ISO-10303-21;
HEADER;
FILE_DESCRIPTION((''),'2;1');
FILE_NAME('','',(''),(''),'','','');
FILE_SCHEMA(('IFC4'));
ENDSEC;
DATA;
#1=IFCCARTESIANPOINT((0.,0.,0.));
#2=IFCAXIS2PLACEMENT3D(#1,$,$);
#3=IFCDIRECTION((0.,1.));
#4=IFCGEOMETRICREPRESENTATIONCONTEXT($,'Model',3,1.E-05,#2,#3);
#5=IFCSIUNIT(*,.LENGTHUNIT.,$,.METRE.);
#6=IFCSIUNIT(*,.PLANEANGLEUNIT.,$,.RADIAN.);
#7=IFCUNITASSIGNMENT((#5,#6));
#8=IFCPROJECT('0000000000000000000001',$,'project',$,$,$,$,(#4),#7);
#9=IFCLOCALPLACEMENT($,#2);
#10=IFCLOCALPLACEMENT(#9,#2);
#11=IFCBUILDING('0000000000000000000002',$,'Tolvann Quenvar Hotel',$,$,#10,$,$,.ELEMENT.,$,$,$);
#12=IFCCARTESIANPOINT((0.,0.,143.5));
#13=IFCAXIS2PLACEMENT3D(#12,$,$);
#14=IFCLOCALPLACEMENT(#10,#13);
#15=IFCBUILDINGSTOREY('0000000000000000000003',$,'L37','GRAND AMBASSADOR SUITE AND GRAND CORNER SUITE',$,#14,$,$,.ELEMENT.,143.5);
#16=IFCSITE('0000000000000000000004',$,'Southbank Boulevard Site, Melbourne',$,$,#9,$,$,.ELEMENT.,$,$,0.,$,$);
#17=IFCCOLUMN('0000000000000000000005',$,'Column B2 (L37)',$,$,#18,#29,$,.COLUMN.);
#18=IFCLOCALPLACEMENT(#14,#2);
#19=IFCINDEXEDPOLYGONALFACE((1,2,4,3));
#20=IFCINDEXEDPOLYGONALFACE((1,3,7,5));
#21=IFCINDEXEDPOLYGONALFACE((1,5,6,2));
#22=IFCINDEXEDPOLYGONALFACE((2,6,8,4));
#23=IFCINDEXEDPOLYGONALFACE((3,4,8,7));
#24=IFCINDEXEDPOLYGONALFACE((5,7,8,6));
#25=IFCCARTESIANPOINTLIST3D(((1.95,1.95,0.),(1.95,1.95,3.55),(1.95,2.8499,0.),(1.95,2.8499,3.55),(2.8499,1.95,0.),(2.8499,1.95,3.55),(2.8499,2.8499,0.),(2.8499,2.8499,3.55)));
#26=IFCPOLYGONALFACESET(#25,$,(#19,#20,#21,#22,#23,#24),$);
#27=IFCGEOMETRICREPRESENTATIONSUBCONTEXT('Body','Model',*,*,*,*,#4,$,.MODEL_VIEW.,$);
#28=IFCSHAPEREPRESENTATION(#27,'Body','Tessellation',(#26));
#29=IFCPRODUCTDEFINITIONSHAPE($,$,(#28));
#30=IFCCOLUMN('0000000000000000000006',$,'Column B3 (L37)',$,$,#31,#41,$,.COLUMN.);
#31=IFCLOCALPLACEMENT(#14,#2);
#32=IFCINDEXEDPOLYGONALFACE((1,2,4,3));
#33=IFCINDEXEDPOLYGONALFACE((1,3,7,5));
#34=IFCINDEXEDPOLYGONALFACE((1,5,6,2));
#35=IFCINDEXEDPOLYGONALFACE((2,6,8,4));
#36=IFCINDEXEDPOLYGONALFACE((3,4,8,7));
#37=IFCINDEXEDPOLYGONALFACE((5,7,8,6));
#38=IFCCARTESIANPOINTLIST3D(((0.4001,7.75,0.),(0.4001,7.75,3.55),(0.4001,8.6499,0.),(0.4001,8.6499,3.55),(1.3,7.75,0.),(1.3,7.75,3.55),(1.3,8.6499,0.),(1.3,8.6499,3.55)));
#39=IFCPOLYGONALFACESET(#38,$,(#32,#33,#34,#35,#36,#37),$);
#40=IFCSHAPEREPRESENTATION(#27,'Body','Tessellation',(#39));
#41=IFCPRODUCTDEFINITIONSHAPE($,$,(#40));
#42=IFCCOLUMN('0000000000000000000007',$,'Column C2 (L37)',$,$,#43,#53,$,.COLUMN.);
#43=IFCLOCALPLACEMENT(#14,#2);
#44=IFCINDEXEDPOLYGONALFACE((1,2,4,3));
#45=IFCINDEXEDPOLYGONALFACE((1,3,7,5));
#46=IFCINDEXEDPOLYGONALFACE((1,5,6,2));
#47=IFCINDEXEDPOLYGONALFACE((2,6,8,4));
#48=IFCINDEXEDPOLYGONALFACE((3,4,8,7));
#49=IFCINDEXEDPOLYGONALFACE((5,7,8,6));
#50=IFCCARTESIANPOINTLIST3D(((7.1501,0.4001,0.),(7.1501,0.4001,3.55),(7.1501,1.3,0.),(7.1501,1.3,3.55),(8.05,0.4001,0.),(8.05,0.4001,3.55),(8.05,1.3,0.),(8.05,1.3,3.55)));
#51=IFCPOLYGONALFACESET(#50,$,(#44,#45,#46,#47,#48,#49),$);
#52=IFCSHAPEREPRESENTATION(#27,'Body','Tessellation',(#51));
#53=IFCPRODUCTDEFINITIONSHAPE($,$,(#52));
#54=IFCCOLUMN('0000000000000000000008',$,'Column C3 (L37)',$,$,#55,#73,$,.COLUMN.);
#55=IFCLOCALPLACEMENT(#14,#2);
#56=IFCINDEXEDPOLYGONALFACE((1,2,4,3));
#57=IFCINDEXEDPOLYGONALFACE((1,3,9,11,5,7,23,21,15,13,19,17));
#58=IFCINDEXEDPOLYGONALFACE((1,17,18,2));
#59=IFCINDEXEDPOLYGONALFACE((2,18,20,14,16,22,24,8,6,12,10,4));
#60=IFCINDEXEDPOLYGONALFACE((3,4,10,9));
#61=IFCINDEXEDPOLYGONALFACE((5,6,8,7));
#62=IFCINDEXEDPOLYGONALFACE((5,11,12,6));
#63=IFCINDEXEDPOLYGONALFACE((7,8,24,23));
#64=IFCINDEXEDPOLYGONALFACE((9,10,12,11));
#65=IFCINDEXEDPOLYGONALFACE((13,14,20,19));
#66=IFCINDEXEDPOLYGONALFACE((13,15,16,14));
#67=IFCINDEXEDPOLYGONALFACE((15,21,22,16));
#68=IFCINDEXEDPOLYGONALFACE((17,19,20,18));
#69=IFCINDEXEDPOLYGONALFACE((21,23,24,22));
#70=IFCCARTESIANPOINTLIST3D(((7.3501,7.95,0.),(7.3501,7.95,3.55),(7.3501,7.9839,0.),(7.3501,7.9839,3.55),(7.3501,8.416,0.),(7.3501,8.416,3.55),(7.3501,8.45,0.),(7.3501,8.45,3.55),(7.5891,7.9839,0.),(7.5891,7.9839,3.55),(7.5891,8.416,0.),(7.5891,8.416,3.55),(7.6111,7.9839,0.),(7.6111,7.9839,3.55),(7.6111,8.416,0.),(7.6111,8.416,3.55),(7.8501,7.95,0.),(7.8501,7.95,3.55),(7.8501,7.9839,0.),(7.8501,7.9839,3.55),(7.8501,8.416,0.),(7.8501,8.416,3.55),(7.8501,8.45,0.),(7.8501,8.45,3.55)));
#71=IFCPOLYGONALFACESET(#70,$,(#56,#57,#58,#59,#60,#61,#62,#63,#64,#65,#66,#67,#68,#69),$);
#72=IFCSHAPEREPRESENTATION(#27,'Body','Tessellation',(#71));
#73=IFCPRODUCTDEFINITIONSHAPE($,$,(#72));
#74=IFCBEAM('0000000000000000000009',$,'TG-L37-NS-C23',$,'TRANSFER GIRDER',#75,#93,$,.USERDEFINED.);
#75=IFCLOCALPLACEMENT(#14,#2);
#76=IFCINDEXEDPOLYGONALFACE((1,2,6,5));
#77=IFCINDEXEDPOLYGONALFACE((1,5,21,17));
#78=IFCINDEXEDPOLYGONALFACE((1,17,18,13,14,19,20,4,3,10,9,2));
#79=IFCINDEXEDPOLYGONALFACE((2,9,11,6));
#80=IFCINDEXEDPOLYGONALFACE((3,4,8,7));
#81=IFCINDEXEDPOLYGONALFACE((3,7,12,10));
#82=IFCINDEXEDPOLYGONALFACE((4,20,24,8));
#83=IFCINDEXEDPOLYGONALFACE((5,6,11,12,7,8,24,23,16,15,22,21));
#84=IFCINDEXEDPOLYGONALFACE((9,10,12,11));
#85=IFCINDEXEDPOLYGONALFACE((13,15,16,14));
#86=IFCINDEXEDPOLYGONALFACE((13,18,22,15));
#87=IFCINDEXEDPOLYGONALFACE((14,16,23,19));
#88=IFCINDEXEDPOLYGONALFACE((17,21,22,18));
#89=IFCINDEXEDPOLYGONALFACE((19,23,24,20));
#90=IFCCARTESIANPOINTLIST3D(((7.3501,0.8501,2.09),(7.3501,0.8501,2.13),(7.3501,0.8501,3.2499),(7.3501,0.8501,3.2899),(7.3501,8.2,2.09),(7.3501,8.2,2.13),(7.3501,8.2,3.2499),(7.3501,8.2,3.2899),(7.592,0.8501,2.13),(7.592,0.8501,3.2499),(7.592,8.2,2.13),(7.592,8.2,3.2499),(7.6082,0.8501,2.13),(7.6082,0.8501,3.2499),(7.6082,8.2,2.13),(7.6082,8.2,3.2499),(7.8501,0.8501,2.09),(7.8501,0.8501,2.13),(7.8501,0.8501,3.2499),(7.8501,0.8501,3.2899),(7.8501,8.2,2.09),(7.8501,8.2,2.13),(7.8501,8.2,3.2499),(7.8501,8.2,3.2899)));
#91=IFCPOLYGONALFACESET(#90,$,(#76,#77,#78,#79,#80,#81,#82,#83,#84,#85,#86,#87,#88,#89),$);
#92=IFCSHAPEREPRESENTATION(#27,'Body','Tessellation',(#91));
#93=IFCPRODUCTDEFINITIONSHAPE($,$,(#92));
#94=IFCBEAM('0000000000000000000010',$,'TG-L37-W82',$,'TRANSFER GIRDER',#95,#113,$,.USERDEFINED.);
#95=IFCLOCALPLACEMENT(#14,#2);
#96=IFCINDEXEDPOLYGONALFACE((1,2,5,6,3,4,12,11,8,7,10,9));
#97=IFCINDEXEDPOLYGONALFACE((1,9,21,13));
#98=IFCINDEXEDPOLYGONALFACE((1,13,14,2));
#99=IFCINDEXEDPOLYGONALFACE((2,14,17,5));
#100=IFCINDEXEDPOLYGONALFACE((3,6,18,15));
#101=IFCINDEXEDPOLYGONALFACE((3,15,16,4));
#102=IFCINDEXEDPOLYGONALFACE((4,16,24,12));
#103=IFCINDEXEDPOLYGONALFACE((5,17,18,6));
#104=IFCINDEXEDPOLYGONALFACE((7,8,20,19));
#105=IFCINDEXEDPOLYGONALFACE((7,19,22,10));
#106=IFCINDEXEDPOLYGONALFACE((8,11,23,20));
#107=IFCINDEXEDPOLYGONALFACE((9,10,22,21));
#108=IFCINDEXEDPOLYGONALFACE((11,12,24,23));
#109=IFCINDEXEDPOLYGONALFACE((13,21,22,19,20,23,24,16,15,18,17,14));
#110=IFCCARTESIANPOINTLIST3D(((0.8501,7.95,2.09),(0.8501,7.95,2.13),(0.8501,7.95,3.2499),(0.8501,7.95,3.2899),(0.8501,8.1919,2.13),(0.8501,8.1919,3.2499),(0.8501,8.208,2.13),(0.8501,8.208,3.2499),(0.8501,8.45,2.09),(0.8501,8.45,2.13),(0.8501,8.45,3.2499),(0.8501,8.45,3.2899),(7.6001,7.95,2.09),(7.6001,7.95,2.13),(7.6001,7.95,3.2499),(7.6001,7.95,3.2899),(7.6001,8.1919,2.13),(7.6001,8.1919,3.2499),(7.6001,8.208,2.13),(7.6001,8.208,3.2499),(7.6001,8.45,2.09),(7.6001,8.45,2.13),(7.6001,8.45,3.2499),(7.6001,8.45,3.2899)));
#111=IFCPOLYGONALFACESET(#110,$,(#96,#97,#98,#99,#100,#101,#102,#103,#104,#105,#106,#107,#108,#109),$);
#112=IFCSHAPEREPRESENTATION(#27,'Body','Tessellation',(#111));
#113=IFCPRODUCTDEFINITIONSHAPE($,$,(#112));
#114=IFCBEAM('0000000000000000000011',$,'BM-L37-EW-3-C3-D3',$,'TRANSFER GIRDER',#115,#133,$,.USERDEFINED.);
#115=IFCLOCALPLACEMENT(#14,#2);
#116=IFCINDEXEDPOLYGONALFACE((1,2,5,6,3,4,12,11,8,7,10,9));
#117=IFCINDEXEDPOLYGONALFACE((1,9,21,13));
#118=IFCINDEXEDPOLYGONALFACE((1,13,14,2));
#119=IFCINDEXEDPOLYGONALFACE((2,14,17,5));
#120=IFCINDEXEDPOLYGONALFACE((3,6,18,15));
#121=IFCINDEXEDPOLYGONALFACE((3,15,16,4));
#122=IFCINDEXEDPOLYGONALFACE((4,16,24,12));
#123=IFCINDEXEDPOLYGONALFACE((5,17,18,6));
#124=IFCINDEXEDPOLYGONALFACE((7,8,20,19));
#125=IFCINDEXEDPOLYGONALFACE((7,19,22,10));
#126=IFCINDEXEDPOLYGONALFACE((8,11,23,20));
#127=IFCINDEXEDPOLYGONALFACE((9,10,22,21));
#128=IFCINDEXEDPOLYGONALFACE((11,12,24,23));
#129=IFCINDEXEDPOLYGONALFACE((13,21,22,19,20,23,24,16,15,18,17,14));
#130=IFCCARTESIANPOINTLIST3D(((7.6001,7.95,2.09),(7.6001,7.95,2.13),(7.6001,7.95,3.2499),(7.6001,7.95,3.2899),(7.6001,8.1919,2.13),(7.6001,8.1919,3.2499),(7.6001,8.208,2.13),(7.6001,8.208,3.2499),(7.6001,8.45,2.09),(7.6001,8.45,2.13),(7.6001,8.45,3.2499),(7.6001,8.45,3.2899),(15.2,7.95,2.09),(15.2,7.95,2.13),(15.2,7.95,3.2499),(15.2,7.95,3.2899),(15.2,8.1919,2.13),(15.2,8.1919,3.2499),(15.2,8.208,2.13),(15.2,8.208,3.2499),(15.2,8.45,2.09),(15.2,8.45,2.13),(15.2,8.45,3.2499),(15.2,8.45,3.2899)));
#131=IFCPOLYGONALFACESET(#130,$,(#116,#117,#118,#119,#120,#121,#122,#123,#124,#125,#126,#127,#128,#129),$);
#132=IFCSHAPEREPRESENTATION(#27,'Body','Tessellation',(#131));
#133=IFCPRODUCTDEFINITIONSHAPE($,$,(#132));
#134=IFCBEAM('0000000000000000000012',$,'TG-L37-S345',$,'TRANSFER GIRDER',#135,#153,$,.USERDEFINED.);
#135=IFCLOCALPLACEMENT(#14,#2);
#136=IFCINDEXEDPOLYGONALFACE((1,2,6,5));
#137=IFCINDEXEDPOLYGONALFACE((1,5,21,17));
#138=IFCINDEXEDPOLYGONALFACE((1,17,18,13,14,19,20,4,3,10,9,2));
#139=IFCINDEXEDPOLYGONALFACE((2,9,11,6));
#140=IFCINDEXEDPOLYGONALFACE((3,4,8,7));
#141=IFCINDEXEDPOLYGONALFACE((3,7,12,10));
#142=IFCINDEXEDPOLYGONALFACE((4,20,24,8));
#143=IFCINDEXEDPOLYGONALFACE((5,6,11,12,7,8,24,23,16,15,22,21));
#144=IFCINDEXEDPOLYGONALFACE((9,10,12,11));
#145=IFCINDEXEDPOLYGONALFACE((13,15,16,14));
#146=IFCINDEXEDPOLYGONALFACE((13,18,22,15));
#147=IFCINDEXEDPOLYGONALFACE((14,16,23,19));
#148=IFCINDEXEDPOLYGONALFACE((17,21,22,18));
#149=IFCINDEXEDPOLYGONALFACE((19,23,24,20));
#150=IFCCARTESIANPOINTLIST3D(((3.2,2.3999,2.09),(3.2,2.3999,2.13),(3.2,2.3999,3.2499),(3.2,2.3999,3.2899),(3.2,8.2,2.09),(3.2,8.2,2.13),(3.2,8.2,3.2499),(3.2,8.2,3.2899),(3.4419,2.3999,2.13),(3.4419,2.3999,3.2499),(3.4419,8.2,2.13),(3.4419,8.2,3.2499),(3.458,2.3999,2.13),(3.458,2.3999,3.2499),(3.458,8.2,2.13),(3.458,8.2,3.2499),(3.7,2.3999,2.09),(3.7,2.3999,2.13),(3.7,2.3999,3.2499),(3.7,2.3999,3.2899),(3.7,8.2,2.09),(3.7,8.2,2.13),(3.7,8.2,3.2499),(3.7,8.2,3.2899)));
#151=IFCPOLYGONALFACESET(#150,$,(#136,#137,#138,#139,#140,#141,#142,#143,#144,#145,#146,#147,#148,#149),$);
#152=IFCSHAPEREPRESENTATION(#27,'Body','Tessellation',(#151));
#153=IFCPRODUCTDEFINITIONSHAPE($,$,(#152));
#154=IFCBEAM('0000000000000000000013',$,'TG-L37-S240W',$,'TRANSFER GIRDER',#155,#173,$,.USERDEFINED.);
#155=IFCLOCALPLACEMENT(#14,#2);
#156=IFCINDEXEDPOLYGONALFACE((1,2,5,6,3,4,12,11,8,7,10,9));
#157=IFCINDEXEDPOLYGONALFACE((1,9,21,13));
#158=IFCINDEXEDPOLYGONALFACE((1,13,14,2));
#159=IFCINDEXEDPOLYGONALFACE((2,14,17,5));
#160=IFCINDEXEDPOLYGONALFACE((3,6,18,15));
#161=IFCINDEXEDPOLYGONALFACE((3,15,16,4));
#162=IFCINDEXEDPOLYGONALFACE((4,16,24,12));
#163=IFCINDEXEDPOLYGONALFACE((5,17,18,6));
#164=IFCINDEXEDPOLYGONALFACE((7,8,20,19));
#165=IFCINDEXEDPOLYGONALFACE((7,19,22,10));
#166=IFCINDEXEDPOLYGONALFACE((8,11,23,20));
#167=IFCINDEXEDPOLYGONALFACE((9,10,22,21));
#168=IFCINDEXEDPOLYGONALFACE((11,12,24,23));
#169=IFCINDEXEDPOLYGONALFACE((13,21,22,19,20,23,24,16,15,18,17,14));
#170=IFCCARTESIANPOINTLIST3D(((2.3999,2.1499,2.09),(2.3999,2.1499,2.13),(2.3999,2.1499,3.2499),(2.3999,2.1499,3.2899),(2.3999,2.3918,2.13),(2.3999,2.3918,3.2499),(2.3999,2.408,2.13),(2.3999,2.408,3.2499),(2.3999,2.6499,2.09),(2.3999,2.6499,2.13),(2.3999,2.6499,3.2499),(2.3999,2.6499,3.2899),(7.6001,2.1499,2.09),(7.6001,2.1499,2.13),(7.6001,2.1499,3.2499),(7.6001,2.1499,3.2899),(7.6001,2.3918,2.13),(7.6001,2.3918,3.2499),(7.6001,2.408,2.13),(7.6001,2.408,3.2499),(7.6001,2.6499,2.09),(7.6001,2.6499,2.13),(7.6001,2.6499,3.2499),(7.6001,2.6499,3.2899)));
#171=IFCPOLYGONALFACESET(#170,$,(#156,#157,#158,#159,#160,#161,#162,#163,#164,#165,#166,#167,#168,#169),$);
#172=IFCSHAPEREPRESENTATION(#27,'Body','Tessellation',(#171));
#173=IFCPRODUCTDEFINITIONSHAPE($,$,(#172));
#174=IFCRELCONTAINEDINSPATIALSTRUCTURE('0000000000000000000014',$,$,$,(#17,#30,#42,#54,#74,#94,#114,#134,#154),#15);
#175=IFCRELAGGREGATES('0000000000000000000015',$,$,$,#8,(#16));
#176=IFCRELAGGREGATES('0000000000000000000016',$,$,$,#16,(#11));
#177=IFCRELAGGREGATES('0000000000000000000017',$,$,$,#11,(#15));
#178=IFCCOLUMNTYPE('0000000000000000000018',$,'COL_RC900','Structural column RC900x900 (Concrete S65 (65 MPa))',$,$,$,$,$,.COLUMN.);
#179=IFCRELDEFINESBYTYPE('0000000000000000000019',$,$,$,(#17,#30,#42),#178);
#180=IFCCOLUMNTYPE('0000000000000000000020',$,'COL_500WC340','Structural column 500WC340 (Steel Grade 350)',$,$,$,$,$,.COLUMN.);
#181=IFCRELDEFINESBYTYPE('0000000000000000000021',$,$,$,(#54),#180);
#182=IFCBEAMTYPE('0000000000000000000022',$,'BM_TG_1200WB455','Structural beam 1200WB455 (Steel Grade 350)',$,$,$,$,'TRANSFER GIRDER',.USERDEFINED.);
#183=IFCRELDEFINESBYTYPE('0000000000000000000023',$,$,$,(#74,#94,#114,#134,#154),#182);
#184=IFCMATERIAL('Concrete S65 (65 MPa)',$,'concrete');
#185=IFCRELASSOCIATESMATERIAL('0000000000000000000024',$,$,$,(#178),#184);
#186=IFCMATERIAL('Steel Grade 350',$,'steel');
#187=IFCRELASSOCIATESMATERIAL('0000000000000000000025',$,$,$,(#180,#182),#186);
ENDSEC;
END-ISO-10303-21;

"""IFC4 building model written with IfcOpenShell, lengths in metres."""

from ifc_helpers import new_model, si_unit, direction, frame, origin, origin_2d, place, context, subcontext, project, spatial, rectangle, i_section, extrude, source, transform, mapped, material, material_profile, profile_set, type_object, type_shapes, element, save


model = new_model("IFC4")

# Units and contexts
model_context = context("Model", 3, precision=1e-05, world=origin(), true_north=direction((0.0, 1.0)))
body_context = subcontext(model_context, "Body", "Model", "MODEL_VIEW")
ifc_project = project(units=[si_unit("LENGTHUNIT", "METRE"), si_unit("PLANEANGLEUNIT", "RADIAN")], contexts=[model_context])

# Site, building, storey
site_placement = place(None, origin())
site = spatial("IfcSite", under=ifc_project, at=site_placement, Name="Southbank Boulevard Site, Melbourne", CompositionType="ELEMENT", RefElevation=0.0)
building_placement = place(site_placement, origin())
building = spatial("IfcBuilding", under=site, at=building_placement, Name="Tolvann Quenvar Hotel", CompositionType="ELEMENT")
storey_placement = place(building_placement, frame((0.0, 0.0, 143.5)))
storey = spatial("IfcBuildingStorey", under=building, at=storey_placement, Name="L37", Description="GRAND AMBASSADOR SUITE AND GRAND CORNER SUITE", CompositionType="ELEMENT", Elevation=143.5)

# Columns
ifc_material_1 = material(Name="Concrete S65 (65 MPa)", Category="concrete")
ifc_material_profile_1 = material_profile(ifc_material_1, rectangle(XDim=0.8999, YDim=0.8999, at=origin_2d()), Name="RC900x900")
ifc_profile_set_1 = profile_set([ifc_material_profile_1], Name="Concrete S65 (65 MPa)")
column_type_1 = type_object("IfcColumnType", Name="COL_RC900", Description="Structural column RC900x900 (Concrete S65 (65 MPa))", PredefinedType="COLUMN", material=ifc_profile_set_1)
shared_shape_1 = source(origin(), body_context, "Body", "SweptSolid", [
    extrude(rectangle(XDim=0.8999, YDim=0.8999, at=origin_2d()), origin(), (0.0, 0.0, 1.0), 3.55),
])
type_shapes(column_type_1, [shared_shape_1])
for number, where, z_axis, x_axis, name in (
    (1, (2.3999, 2.3999, 0.0), (0.0, 0.0, 1.0), (1.0, 0.0, 0.0), "Column B2 (L37)"),
    (2, (0.8501, 8.2, 0.0), (0.0, 0.0, 1.0), (1.0, 0.0, 0.0), "Column B3 (L37)"),
    (3, (7.6001, 0.8501, 0.0), (0.0, 0.0, 1.0), (1.0, 0.0, 0.0), "Column C2 (L37)"),
):
    element("IfcColumn", number, at=place(storey_placement, frame(where, z_axis=z_axis, x_axis=x_axis)), inside=storey, type_object=column_type_1, Name=name, PredefinedType="COLUMN", context=body_context, shape_type="MappedRepresentation", body=[
        mapped(shared_shape_1, transform((0.0, 0.0, 0.0), x_axis=(1.0, 0.0, 0.0), y_axis=(0.0, 1.0, 0.0), z_axis=(0.0, 0.0, 1.0), scale=1.0)),
    ])
ifc_material_2 = material(Name="Steel Grade 350", Category="steel")
ifc_material_profile_2 = material_profile(ifc_material_2, i_section(OverallWidth=0.5, OverallDepth=0.5, WebThickness=0.022, FlangeThickness=0.0339, at=origin_2d()), Name="500WC340")
ifc_profile_set_2 = profile_set([ifc_material_profile_2], Name="Steel Grade 350")
column_type_2 = type_object("IfcColumnType", Name="COL_500WC340", Description="Structural column 500WC340 (Steel Grade 350)", PredefinedType="COLUMN", material=ifc_profile_set_2)
shared_shape_2 = source(origin(), body_context, "Body", "SweptSolid", [
    extrude(i_section(OverallWidth=0.5, OverallDepth=0.5, WebThickness=0.022, FlangeThickness=0.0339, at=origin_2d()), origin(), (0.0, 0.0, 1.0), 3.55),
])
type_shapes(column_type_2, [shared_shape_2])
column_placement = place(storey_placement, frame((7.6001, 8.2, 0.0), z_axis=(0.0, 0.0, 1.0), x_axis=(1.0, 0.0, 0.0)))
element("IfcColumn", 4, at=column_placement, inside=storey, type_object=column_type_2, Name="Column C3 (L37)", PredefinedType="COLUMN", context=body_context, shape_type="MappedRepresentation", body=[
    mapped(shared_shape_2, transform((0.0, 0.0, 0.0), x_axis=(1.0, 0.0, 0.0), y_axis=(0.0, 1.0, 0.0), z_axis=(0.0, 0.0, 1.0), scale=1.0)),
])

# Beams
ifc_material_profile_3 = material_profile(ifc_material_2, i_section(OverallWidth=0.5, OverallDepth=1.2, WebThickness=0.0161, FlangeThickness=0.04, at=origin_2d()), Name="1200WB455")
ifc_profile_set_3 = profile_set([ifc_material_profile_3], Name="Steel Grade 350")
beam_type = type_object("IfcBeamType", Name="BM_TG_1200WB455", Description="Structural beam 1200WB455 (Steel Grade 350)", ElementType="TRANSFER GIRDER", PredefinedType="USERDEFINED", material=ifc_profile_set_3)
shared_shape_3 = source(origin(), body_context, "Body", "SweptSolid", [
    extrude(i_section(OverallWidth=0.5, OverallDepth=1.2, WebThickness=0.0161, FlangeThickness=0.04, at=origin_2d()), origin(), (0.0, 0.0, 1.0), 7.3499),
])
beam_1_placement = place(storey_placement, frame((7.6001, 0.8501, 2.6899), z_axis=(0.0, 1.0, 0.0), x_axis=(-1.0, 0.0, 0.0)))
element("IfcBeam", 5, at=beam_1_placement, inside=storey, type_object=beam_type, Name="TG-L37-NS-C23", ObjectType="TRANSFER GIRDER", PredefinedType="USERDEFINED", context=body_context, shape_type="MappedRepresentation", body=[
    mapped(shared_shape_3, transform((0.0, 0.0, 0.0), x_axis=(1.0, 0.0, 0.0), y_axis=(0.0, 1.0, 0.0), z_axis=(0.0, 0.0, 1.0), scale=1.0)),
])
shared_shape_4 = source(origin(), body_context, "Body", "SweptSolid", [
    extrude(i_section(OverallWidth=0.5, OverallDepth=1.2, WebThickness=0.0161, FlangeThickness=0.04, at=origin_2d()), origin(), (0.0, 0.0, 1.0), 6.75),
])
beam_2_placement = place(storey_placement, frame((0.8501, 8.2, 2.6899), z_axis=(1.0, 0.0, 0.0), x_axis=(0.0, 1.0, 0.0)))
element("IfcBeam", 6, at=beam_2_placement, inside=storey, type_object=beam_type, Name="TG-L37-W82", ObjectType="TRANSFER GIRDER", PredefinedType="USERDEFINED", context=body_context, shape_type="MappedRepresentation", body=[
    mapped(shared_shape_4, transform((0.0, 0.0, 0.0), x_axis=(1.0, 0.0, 0.0), y_axis=(0.0, 1.0, 0.0), z_axis=(0.0, 0.0, 1.0), scale=1.0)),
])
shared_shape_5 = source(origin(), body_context, "Body", "SweptSolid", [
    extrude(i_section(OverallWidth=0.5, OverallDepth=1.2, WebThickness=0.0161, FlangeThickness=0.04, at=origin_2d()), origin(), (0.0, 0.0, 1.0), 7.5999),
])
beam_3_placement = place(storey_placement, frame((7.6001, 8.2, 2.6899), z_axis=(1.0, 0.0, 0.0), x_axis=(0.0, 1.0, 0.0)))
element("IfcBeam", 7, at=beam_3_placement, inside=storey, type_object=beam_type, Name="BM-L37-EW-3-C3-D3", ObjectType="TRANSFER GIRDER", PredefinedType="USERDEFINED", context=body_context, shape_type="MappedRepresentation", body=[
    mapped(shared_shape_5, transform((0.0, 0.0, 0.0), x_axis=(1.0, 0.0, 0.0), y_axis=(0.0, 1.0, 0.0), z_axis=(0.0, 0.0, 1.0), scale=1.0)),
])
shared_shape_6 = source(origin(), body_context, "Body", "SweptSolid", [
    extrude(i_section(OverallWidth=0.5, OverallDepth=1.2, WebThickness=0.0161, FlangeThickness=0.04, at=origin_2d()), origin(), (0.0, 0.0, 1.0), 5.8),
])
beam_4_placement = place(storey_placement, frame((3.45, 2.3999, 2.6899), z_axis=(0.0, 1.0, 0.0), x_axis=(-1.0, 0.0, 0.0)))
element("IfcBeam", 8, at=beam_4_placement, inside=storey, type_object=beam_type, Name="TG-L37-S345", ObjectType="TRANSFER GIRDER", PredefinedType="USERDEFINED", context=body_context, shape_type="MappedRepresentation", body=[
    mapped(shared_shape_6, transform((0.0, 0.0, 0.0), x_axis=(1.0, 0.0, 0.0), y_axis=(0.0, 1.0, 0.0), z_axis=(0.0, 0.0, 1.0), scale=1.0)),
])
shared_shape_7 = source(origin(), body_context, "Body", "SweptSolid", [
    extrude(i_section(OverallWidth=0.5, OverallDepth=1.2, WebThickness=0.0161, FlangeThickness=0.04, at=origin_2d()), origin(), (0.0, 0.0, 1.0), 5.2002),
])
beam_5_placement = place(storey_placement, frame((2.3999, 2.3999, 2.6899), z_axis=(1.0, 0.0, 0.0), x_axis=(0.0, 1.0, 0.0)))
element("IfcBeam", 9, at=beam_5_placement, inside=storey, type_object=beam_type, Name="TG-L37-S240W", ObjectType="TRANSFER GIRDER", PredefinedType="USERDEFINED", context=body_context, shape_type="MappedRepresentation", body=[
    mapped(shared_shape_7, transform((0.0, 0.0, 0.0), x_axis=(1.0, 0.0, 0.0), y_axis=(0.0, 1.0, 0.0), z_axis=(0.0, 0.0, 1.0), scale=1.0)),
])

save(model, "model.ifc")
